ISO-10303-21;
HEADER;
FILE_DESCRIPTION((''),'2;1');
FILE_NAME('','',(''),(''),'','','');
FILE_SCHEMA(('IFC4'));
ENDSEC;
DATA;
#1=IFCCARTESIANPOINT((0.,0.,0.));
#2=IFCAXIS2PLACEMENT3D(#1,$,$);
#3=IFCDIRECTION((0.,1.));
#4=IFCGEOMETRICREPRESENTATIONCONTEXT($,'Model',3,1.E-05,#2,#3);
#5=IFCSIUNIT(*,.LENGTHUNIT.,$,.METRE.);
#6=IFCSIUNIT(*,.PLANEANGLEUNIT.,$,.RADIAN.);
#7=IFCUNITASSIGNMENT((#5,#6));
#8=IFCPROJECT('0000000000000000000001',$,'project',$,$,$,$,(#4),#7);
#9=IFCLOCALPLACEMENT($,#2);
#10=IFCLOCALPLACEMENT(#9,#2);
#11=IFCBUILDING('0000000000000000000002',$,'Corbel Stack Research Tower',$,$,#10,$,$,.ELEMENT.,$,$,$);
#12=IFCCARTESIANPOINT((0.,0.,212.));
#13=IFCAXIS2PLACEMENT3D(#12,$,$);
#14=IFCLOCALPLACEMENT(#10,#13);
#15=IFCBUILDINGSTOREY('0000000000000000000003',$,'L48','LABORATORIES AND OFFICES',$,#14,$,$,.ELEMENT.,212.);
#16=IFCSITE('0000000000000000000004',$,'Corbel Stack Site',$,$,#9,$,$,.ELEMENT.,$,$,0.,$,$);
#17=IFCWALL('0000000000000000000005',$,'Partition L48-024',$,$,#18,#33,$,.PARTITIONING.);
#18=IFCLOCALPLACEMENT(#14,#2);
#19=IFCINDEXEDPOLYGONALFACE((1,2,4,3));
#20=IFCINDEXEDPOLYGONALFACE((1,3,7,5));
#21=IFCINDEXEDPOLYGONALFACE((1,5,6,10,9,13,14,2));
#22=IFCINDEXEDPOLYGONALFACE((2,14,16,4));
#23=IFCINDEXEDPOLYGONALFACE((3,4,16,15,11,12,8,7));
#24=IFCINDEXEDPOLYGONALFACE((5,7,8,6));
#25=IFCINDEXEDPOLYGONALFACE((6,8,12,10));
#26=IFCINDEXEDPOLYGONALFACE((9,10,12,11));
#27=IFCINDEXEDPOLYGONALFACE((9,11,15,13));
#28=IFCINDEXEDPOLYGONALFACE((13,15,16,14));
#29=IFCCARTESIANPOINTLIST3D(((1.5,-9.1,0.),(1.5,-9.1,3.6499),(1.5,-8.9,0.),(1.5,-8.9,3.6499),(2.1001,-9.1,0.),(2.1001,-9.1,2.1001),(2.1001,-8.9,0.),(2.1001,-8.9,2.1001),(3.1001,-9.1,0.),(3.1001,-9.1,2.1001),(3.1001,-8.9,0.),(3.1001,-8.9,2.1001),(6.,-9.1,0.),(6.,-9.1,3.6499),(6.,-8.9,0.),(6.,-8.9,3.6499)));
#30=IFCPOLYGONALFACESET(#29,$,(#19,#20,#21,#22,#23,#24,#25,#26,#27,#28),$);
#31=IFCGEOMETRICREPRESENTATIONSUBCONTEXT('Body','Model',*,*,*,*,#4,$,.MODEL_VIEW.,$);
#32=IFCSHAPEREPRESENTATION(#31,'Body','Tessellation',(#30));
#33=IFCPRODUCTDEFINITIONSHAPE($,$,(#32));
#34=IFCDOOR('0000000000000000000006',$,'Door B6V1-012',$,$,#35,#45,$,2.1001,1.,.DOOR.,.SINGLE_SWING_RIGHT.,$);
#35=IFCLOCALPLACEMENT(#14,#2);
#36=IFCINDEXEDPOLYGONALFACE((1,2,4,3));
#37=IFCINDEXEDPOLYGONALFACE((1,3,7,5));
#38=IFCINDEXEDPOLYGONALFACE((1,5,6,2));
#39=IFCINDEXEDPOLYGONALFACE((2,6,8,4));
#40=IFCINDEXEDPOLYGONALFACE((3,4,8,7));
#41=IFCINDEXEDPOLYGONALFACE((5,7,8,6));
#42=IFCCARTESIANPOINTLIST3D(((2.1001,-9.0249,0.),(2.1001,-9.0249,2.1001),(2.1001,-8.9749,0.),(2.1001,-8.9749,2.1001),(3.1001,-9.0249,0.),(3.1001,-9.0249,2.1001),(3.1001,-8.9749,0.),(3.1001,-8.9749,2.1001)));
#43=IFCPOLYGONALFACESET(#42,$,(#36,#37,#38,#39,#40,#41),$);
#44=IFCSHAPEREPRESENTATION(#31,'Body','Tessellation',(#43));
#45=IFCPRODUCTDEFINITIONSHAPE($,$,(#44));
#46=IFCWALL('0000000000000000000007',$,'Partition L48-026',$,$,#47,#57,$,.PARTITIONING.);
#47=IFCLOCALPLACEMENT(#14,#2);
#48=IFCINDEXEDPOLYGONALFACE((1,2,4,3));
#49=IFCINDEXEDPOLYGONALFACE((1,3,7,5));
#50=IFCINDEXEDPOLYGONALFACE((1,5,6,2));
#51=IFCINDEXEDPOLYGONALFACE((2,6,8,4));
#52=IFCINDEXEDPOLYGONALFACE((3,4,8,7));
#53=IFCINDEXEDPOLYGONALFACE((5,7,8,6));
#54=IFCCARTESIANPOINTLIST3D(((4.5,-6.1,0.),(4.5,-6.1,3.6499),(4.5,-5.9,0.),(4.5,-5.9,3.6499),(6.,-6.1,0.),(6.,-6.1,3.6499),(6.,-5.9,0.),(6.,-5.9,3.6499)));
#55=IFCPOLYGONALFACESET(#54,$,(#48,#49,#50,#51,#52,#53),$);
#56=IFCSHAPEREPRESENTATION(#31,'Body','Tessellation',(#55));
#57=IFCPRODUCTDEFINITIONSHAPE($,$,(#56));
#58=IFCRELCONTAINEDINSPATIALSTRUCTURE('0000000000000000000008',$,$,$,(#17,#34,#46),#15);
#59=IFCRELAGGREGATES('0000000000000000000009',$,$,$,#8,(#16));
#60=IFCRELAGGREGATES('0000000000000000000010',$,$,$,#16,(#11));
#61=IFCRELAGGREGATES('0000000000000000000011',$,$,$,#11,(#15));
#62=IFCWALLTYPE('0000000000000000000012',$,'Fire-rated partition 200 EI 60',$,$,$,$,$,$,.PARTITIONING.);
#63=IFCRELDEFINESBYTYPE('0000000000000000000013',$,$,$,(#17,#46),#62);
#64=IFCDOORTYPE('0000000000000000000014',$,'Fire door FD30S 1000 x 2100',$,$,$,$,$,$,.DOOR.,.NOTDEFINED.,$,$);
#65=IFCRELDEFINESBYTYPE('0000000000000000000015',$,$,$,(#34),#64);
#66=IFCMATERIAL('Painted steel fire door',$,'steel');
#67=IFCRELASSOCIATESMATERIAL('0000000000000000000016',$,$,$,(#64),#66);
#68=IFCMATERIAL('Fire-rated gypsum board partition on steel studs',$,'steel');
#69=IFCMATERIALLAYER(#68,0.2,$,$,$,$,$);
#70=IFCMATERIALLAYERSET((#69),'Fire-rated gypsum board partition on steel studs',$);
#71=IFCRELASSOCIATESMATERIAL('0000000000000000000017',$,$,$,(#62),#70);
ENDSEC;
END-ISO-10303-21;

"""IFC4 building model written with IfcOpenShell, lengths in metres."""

from ifc_helpers import new_model, si_unit, direction, frame, frame_2d, origin, place, context, subcontext, project, spatial, rectangle, extrude, material, layer, layer_set, type_object, element, fill, save


model = new_model("IFC4")

# Units and contexts
model_context = context("Model", 3, precision=1e-05, world=origin(), true_north=direction((0.0, 1.0)))
body_context = subcontext(model_context, "Body", "Model", "MODEL_VIEW")
ifc_project = project(units=[si_unit("LENGTHUNIT", "METRE"), si_unit("PLANEANGLEUNIT", "RADIAN")], contexts=[model_context])

# Site, building, storey
site_placement = place(None, origin())
site = spatial("IfcSite", under=ifc_project, at=site_placement, Name="Corbel Stack Site", CompositionType="ELEMENT", RefElevation=0.0)
building_placement = place(site_placement, origin())
building = spatial("IfcBuilding", under=site, at=building_placement, Name="Corbel Stack Research Tower", CompositionType="ELEMENT")
storey_placement = place(building_placement, frame((0.0, 0.0, 212.0)))
storey = spatial("IfcBuildingStorey", under=building, at=storey_placement, Name="L48", Description="LABORATORIES AND OFFICES", CompositionType="ELEMENT", Elevation=212.0)

# Shared definitions
ifc_material_1 = material(Name="Painted steel fire door", Category="steel")
door_type_1 = type_object("IfcDoorType", Name="Fire door FD30S 1000 x 2100", OperationType="NOTDEFINED", PredefinedType="DOOR", material=ifc_material_1)
ifc_material_2 = material(Name="Fire-rated gypsum board partition on steel studs", Category="steel")
ifc_layer_1 = layer(ifc_material_2, 0.2)
ifc_layer_set_1 = layer_set([ifc_layer_1], Name="Fire-rated gypsum board partition on steel studs")
wall_type_1 = type_object("IfcWallType", Name="Fire-rated partition 200 EI 60", PredefinedType="PARTITIONING", material=ifc_layer_set_1)

# Wall, opening, door
wall_1_placement = place(storey_placement, frame((6.0, -9.0, 0.0), z_axis=(0.0, 0.0, 1.0), x_axis=(-1.0, 0.0, 0.0)))
wall_1 = element("IfcWall", 1, at=wall_1_placement, inside=storey, type_object=wall_type_1, Name="Partition L48-024", PredefinedType="PARTITIONING", context=body_context, shape_type="SweptSolid", body=[
    extrude(rectangle(XDim=4.5, YDim=0.2, at=frame_2d((2.25, 0.0))), origin(), (0.0, 0.0, 1.0), 3.6499),
])
opening_1_placement = place(wall_1_placement, frame((2.8999, 0.0, 0.0)))
opening_1 = element("IfcOpeningElement", 2, at=opening_1_placement, cuts=wall_1, PredefinedType="OPENING", context=body_context, shape_type="SweptSolid", body=[
    extrude(rectangle(XDim=1.0, YDim=2.1001, at=frame_2d((0.5, 1.05))), frame((0.0, 0.1099, 0.0), z_axis=(0.0, -1.0, 0.0), x_axis=(1.0, 0.0, 0.0)), (0.0, 0.0, 1.0), 0.22),
])
door_1_placement = place(opening_1_placement, origin())
door_1 = element("IfcDoor", 3, at=door_1_placement, inside=storey, type_object=door_type_1, Name="Door B6V1-012", OperationType="SINGLE_SWING_RIGHT", OverallHeight=2.1001, OverallWidth=1.0, PredefinedType="DOOR", context=body_context, shape_type="SweptSolid", body=[
    extrude(rectangle(XDim=1.0, YDim=2.1001, at=frame_2d((0.5, 1.05))), frame((0.0, 0.0249, 0.0), z_axis=(0.0, -1.0, 0.0), x_axis=(1.0, 0.0, 0.0)), (0.0, 0.0, 1.0), 0.05),
])
fill(opening_1, door_1)

# Wall
wall_2_placement = place(storey_placement, frame((4.5, -6.0, 0.0), z_axis=(0.0, 0.0, 1.0), x_axis=(1.0, 0.0, 0.0)))
element("IfcWall", 4, at=wall_2_placement, inside=storey, type_object=wall_type_1, Name="Partition L48-026", PredefinedType="PARTITIONING", context=body_context, shape_type="SweptSolid", body=[
    extrude(rectangle(XDim=1.5, YDim=0.2, at=frame_2d((0.75, 0.0))), origin(), (0.0, 0.0, 1.0), 3.6499),
])

save(model, "model.ifc")
